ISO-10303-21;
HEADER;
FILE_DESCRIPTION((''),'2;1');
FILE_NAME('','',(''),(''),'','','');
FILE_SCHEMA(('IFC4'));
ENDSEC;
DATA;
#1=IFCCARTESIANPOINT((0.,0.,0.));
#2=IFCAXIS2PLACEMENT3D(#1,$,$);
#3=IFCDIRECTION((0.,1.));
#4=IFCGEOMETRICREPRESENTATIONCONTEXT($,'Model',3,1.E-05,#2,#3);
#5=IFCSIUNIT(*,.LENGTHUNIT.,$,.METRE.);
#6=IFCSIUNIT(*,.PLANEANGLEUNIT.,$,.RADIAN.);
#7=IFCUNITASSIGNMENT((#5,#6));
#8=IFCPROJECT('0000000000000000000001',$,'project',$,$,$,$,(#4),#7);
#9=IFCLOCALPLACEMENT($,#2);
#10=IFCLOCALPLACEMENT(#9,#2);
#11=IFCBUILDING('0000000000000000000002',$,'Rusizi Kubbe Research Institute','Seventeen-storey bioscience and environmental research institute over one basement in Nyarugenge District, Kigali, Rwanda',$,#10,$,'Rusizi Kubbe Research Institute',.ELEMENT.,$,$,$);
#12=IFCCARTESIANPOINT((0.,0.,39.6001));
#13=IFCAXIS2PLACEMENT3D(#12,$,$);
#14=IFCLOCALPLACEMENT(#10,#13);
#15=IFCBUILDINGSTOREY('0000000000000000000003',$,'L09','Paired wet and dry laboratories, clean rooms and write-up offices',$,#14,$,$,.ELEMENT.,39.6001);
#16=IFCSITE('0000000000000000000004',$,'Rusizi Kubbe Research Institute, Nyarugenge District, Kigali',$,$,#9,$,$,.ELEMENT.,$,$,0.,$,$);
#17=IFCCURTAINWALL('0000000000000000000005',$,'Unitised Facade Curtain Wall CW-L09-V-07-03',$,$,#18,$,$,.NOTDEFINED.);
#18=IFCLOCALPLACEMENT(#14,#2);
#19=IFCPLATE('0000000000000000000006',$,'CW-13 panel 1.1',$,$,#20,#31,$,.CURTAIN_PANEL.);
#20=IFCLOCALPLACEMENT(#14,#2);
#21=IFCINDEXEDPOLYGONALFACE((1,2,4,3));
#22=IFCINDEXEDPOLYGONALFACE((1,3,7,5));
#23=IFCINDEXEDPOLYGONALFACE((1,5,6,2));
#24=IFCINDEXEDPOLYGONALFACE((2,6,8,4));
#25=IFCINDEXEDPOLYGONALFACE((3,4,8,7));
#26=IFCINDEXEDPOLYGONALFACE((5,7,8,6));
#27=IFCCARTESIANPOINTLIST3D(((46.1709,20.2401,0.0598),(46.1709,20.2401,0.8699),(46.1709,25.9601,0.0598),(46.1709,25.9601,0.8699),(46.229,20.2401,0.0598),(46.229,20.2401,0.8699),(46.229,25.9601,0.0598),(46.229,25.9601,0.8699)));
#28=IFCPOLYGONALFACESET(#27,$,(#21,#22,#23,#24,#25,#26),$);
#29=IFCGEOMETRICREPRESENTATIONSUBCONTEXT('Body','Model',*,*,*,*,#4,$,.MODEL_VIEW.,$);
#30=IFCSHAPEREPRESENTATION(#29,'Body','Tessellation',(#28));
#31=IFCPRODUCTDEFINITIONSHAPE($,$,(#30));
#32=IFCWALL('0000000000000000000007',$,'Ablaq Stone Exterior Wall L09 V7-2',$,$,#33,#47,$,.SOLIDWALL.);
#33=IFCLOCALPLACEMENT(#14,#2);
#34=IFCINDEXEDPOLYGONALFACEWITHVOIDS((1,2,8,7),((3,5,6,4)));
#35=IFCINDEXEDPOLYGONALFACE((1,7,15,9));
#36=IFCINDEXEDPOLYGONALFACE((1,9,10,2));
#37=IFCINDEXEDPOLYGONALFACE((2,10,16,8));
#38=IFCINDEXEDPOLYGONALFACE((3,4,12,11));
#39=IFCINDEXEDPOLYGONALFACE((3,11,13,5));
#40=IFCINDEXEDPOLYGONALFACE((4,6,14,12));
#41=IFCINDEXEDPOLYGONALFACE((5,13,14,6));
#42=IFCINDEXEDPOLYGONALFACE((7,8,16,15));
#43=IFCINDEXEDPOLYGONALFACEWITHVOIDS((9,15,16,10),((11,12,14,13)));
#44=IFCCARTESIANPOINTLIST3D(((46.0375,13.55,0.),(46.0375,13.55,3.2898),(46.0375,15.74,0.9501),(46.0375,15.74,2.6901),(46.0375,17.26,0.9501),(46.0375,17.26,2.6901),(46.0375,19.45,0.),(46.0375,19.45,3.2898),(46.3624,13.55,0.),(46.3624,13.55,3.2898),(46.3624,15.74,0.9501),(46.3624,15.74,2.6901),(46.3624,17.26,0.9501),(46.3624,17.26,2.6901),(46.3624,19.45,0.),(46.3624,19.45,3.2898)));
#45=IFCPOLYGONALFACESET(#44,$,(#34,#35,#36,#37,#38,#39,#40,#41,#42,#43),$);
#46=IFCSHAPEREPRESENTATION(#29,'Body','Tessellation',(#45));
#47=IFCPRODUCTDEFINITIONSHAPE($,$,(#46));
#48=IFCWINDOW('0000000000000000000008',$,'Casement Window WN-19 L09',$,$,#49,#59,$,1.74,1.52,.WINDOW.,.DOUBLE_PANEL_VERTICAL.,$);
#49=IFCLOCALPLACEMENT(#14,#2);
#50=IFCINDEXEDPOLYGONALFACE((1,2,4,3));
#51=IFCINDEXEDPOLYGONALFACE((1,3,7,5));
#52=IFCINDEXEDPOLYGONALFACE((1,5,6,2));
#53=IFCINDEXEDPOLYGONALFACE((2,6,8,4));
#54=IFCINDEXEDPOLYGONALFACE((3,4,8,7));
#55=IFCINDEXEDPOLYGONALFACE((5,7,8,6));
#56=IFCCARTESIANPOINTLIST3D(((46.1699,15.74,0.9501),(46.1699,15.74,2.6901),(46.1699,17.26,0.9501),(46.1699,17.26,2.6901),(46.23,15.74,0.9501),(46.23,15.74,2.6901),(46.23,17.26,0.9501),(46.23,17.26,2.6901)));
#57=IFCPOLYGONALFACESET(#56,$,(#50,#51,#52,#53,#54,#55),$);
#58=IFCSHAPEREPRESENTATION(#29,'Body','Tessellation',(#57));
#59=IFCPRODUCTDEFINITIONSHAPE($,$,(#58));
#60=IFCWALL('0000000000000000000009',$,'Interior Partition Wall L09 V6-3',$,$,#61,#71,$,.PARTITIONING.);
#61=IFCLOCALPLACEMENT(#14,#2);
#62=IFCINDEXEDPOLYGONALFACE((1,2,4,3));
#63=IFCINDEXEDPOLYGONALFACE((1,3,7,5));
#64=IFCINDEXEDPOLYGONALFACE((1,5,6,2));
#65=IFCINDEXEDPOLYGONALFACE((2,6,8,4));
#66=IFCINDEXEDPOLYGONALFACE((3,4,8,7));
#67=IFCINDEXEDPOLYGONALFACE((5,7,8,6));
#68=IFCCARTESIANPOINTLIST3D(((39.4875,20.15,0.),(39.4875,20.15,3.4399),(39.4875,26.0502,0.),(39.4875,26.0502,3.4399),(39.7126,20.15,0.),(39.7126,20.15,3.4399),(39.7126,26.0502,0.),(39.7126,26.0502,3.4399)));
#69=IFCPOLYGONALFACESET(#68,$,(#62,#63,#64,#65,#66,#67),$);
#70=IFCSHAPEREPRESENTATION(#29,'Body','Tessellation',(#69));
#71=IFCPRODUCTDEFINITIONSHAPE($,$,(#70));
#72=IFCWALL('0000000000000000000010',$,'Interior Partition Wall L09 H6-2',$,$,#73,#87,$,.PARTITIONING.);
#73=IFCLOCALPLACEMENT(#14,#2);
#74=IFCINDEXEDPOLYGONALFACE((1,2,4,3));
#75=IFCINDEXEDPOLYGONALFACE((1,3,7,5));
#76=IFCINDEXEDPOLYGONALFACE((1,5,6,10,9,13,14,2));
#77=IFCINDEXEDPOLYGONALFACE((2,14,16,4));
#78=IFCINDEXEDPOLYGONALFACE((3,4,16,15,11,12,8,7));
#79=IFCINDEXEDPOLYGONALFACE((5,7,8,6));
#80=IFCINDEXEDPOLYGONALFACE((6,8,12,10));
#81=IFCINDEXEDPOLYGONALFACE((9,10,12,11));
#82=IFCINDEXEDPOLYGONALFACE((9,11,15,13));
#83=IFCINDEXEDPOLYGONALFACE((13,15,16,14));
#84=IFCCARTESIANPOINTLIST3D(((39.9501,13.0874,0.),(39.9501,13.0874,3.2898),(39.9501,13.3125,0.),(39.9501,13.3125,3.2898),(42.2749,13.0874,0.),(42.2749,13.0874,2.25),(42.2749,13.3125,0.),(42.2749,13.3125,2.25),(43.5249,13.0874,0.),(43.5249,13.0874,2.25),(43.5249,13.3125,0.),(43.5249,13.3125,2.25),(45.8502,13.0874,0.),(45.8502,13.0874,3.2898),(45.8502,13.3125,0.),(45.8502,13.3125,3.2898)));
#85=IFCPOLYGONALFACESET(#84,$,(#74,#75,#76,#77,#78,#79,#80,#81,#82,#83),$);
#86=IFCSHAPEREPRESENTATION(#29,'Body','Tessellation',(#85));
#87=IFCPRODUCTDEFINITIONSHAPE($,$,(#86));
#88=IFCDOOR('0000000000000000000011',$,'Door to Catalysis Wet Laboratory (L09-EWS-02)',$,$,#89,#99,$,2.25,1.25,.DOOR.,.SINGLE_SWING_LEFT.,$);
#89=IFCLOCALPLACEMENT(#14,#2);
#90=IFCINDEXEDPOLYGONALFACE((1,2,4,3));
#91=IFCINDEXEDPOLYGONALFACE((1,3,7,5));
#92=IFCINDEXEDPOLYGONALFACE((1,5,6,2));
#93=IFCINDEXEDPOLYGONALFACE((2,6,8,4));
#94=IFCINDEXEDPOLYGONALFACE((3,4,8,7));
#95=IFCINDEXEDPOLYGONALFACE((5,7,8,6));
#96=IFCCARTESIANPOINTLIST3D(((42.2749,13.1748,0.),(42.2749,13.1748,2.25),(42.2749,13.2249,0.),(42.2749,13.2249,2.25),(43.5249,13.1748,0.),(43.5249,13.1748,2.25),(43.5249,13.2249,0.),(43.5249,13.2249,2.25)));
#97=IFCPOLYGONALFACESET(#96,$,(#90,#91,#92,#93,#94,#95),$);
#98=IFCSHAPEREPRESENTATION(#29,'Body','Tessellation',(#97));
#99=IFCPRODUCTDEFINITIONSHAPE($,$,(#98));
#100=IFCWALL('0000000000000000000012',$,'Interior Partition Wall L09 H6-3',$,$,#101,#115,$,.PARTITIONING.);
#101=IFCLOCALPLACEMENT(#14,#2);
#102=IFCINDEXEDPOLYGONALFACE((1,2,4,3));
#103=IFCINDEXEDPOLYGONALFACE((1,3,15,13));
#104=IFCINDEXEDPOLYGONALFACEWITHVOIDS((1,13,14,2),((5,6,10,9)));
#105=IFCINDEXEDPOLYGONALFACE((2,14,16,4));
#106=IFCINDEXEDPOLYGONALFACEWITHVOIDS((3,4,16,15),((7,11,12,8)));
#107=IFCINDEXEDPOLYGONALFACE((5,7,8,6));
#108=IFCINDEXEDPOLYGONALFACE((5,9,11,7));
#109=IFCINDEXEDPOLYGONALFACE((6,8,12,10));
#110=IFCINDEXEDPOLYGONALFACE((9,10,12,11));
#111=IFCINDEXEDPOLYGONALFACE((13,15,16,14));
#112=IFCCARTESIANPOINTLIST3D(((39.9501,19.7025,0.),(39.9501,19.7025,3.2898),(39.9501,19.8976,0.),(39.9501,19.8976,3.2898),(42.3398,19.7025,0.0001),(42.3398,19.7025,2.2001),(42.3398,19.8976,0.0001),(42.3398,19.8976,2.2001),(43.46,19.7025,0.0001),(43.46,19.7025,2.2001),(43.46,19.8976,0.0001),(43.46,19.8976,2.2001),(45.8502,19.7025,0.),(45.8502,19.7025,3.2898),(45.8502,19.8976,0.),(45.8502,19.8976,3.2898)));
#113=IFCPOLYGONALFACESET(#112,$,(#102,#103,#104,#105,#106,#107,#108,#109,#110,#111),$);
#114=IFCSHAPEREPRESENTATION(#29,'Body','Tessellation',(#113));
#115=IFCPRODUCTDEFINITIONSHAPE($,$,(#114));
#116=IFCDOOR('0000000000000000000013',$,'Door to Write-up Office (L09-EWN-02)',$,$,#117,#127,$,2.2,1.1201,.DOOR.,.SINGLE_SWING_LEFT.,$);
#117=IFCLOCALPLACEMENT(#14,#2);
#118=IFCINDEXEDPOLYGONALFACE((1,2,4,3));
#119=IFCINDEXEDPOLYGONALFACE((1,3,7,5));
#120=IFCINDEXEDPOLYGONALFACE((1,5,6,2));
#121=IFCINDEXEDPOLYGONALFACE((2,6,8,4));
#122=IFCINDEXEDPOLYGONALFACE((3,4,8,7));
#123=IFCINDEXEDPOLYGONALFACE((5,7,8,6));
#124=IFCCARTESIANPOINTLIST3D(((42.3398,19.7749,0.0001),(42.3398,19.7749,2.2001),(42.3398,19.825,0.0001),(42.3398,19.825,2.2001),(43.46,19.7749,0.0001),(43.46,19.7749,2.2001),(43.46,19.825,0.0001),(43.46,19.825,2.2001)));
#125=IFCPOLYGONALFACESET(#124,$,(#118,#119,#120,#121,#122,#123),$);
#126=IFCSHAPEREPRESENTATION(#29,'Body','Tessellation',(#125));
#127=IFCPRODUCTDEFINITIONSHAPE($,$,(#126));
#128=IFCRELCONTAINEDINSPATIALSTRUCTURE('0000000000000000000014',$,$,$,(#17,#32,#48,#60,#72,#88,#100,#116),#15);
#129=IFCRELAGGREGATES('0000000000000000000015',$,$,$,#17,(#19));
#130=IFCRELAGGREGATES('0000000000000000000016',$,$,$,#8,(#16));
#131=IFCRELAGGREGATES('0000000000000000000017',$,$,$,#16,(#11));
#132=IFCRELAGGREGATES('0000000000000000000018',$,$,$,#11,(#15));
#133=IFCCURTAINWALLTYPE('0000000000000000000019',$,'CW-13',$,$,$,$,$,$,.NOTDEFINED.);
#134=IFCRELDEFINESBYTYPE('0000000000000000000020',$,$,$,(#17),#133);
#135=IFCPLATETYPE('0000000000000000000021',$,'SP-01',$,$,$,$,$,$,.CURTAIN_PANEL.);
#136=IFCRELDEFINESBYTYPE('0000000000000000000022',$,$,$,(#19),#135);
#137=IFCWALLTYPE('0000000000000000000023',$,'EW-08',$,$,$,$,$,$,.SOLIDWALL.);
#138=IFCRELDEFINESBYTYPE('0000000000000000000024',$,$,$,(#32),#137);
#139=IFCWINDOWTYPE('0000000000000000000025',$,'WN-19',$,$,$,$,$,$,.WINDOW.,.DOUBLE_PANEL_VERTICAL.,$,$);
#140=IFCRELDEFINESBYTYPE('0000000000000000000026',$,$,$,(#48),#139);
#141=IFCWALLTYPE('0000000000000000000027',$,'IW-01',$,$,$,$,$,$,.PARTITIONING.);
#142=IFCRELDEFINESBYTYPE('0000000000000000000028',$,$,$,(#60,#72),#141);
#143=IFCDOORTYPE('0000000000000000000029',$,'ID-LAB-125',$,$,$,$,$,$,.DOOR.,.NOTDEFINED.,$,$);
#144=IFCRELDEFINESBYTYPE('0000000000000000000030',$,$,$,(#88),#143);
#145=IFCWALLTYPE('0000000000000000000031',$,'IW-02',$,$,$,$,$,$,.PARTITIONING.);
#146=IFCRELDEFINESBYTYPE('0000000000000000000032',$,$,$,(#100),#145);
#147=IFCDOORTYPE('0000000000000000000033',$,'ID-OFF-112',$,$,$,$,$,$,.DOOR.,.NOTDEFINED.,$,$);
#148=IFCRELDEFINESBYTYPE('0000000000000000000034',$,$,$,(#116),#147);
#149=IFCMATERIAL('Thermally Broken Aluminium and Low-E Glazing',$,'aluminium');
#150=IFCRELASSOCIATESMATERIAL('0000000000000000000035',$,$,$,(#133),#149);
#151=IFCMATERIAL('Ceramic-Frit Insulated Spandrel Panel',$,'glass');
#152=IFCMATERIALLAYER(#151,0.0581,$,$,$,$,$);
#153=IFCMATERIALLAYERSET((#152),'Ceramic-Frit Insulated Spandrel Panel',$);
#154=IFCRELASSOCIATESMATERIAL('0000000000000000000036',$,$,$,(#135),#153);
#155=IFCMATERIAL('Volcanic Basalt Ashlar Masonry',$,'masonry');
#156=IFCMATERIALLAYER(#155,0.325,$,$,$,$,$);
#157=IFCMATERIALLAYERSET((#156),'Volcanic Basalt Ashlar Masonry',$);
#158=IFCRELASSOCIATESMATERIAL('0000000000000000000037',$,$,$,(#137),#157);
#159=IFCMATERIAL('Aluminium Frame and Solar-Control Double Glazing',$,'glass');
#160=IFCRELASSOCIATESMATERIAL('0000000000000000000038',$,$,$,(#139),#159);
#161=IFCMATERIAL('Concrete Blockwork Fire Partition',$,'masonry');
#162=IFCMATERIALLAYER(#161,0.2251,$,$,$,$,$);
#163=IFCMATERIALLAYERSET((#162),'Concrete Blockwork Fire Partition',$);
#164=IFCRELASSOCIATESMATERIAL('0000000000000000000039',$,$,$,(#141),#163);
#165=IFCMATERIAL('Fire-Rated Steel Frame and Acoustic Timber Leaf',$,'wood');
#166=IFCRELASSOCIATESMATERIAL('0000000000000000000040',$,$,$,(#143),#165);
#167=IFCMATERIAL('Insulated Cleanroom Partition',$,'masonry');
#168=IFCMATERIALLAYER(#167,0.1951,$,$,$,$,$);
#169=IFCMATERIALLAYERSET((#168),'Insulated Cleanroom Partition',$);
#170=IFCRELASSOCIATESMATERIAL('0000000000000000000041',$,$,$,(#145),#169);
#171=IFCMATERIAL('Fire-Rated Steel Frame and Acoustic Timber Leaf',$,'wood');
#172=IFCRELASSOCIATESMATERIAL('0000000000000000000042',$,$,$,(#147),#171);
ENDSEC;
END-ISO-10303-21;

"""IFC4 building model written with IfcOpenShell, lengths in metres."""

from ifc_helpers import new_model, si_unit, direction, frame, frame_2d, origin, origin_2d, place, context, subcontext, project, spatial, rectangle, extrude, material, layer, layer_set, type_object, element, fill, aggregate, save


model = new_model("IFC4")

# Units and contexts
model_context = context("Model", 3, precision=1e-05, world=origin(), true_north=direction((0.0, 1.0)))
body_context = subcontext(model_context, "Body", "Model", "MODEL_VIEW")
ifc_project = project(units=[si_unit("LENGTHUNIT", "METRE"), si_unit("PLANEANGLEUNIT", "RADIAN")], contexts=[model_context])

# Site, building, storey
site_placement = place(None, origin())
site = spatial("IfcSite", under=ifc_project, at=site_placement, Name="Rusizi Kubbe Research Institute, Nyarugenge District, Kigali", CompositionType="ELEMENT", RefElevation=0.0)
building_placement = place(site_placement, origin())
building = spatial("IfcBuilding", under=site, at=building_placement, Name="Rusizi Kubbe Research Institute", Description="Seventeen-storey bioscience and environmental research institute over one basement in Nyarugenge District, Kigali, Rwanda", LongName="Rusizi Kubbe Research Institute", CompositionType="ELEMENT")
storey_placement = place(building_placement, frame((0.0, 0.0, 39.6001)))
storey = spatial("IfcBuildingStorey", under=building, at=storey_placement, Name="L09", Description="Paired wet and dry laboratories, clean rooms and write-up offices", CompositionType="ELEMENT", Elevation=39.6001)

# Curtain wall
ifc_material_1 = material(Name="Thermally Broken Aluminium and Low-E Glazing", Category="aluminium")
curtain_wall_type_1 = type_object("IfcCurtainWallType", Name="CW-13", PredefinedType="NOTDEFINED", material=ifc_material_1)
curtain_wall_1_placement = place(storey_placement, origin())
curtain_wall_1 = element("IfcCurtainWall", 1, at=curtain_wall_1_placement, inside=storey, type_object=curtain_wall_type_1, Name="Unitised Facade Curtain Wall CW-L09-V-07-03", PredefinedType="NOTDEFINED")

# Plate
ifc_material_2 = material(Name="Ceramic-Frit Insulated Spandrel Panel", Category="glass")
ifc_layer_1 = layer(ifc_material_2, 0.0581)
ifc_layer_set_1 = layer_set([ifc_layer_1], Name="Ceramic-Frit Insulated Spandrel Panel")
plate_type_1 = type_object("IfcPlateType", Name="SP-01", PredefinedType="CURTAIN_PANEL", material=ifc_layer_set_1)
plate_1_placement = place(storey_placement, frame((46.2, 23.1001, 0.0598), z_axis=(0.0, 0.0, 1.0), x_axis=(0.0, 1.0, 0.0)))
plate_1 = element("IfcPlate", 2, at=plate_1_placement, type_object=plate_type_1, Name="CW-13 panel 1.1", PredefinedType="CURTAIN_PANEL", context=body_context, shape_type="SweptSolid", body=[
    extrude(rectangle(XDim=5.72, YDim=0.0581, at=origin_2d()), origin(), (0.0, 0.0, 1.0), 0.8101),
])
aggregate(curtain_wall_1, [plate_1])

# Wall, opening, window
ifc_material_3 = material(Name="Volcanic Basalt Ashlar Masonry", Category="masonry")
ifc_layer_2 = layer(ifc_material_3, 0.325)
ifc_layer_set_2 = layer_set([ifc_layer_2], Name="Volcanic Basalt Ashlar Masonry")
wall_type_1 = type_object("IfcWallType", Name="EW-08", PredefinedType="SOLIDWALL", material=ifc_layer_set_2)
wall_1_placement = place(storey_placement, frame((46.2, 13.55, 0.0), z_axis=(0.0, 0.0, 1.0), x_axis=(0.0, 1.0, 0.0)))
wall_1 = element("IfcWall", 3, at=wall_1_placement, inside=storey, type_object=wall_type_1, Name="Ablaq Stone Exterior Wall L09 V7-2", PredefinedType="SOLIDWALL", context=body_context, shape_type="SweptSolid", body=[
    extrude(rectangle(XDim=5.8999, YDim=0.325, at=frame_2d((2.95, 0.0))), origin(), (0.0, 0.0, 1.0), 3.2898),
])
opening_1_placement = place(wall_1_placement, frame((2.1899, 0.0, 0.95)))
opening_1 = element("IfcOpeningElement", 4, at=opening_1_placement, cuts=wall_1, PredefinedType="OPENING", context=body_context, shape_type="SweptSolid", body=[
    extrude(rectangle(XDim=1.52, YDim=1.74, at=frame_2d((0.76, 0.8701))), frame((0.0, 0.1724, 0.0), z_axis=(0.0, -1.0, 0.0), x_axis=(1.0, 0.0, 0.0)), (0.0, 0.0, 1.0), 0.345),
])
ifc_material_4 = material(Name="Aluminium Frame and Solar-Control Double Glazing", Category="glass")
window_type = type_object("IfcWindowType", Name="WN-19", PartitioningType="DOUBLE_PANEL_VERTICAL", PredefinedType="WINDOW", material=ifc_material_4)
window_placement = place(opening_1_placement, origin())
window = element("IfcWindow", 5, at=window_placement, inside=storey, type_object=window_type, Name="Casement Window WN-19 L09", OverallHeight=1.74, OverallWidth=1.52, PartitioningType="DOUBLE_PANEL_VERTICAL", PredefinedType="WINDOW", context=body_context, shape_type="SweptSolid", body=[
    extrude(rectangle(XDim=1.52, YDim=1.74, at=frame_2d((0.76, 0.8701))), frame((0.0, 0.03, 0.0), z_axis=(0.0, -1.0, 0.0), x_axis=(1.0, 0.0, 0.0)), (0.0, 0.0, 1.0), 0.0601),
])
fill(opening_1, window)

# Wall
ifc_material_5 = material(Name="Concrete Blockwork Fire Partition", Category="masonry")
ifc_layer_3 = layer(ifc_material_5, 0.2251)
ifc_layer_set_3 = layer_set([ifc_layer_3], Name="Concrete Blockwork Fire Partition")
wall_type_2 = type_object("IfcWallType", Name="IW-01", PredefinedType="PARTITIONING", material=ifc_layer_set_3)
wall_2_placement = place(storey_placement, frame((39.6001, 20.1499, 0.0), z_axis=(0.0, 0.0, 1.0), x_axis=(0.0, 1.0, 0.0)))
element("IfcWall", 6, at=wall_2_placement, inside=storey, type_object=wall_type_2, Name="Interior Partition Wall L09 V6-3", PredefinedType="PARTITIONING", context=body_context, shape_type="SweptSolid", body=[
    extrude(rectangle(XDim=5.9001, YDim=0.2251, at=frame_2d((2.9502, 0.0))), origin(), (0.0, 0.0, 1.0), 3.4399),
])

# Walls, openings, doors
wall_3_placement = place(storey_placement, frame((39.95, 13.2, 0.0), z_axis=(0.0, 0.0, 1.0), x_axis=(1.0, 0.0, 0.0)))
wall_3 = element("IfcWall", 7, at=wall_3_placement, inside=storey, type_object=wall_type_2, Name="Interior Partition Wall L09 H6-2", PredefinedType="PARTITIONING", context=body_context, shape_type="SweptSolid", body=[
    extrude(rectangle(XDim=5.9001, YDim=0.2251, at=frame_2d((2.9502, 0.0))), origin(), (0.0, 0.0, 1.0), 3.2898),
])
opening_2_placement = place(wall_3_placement, frame((2.325, 0.0, 0.0)))
opening_2 = element("IfcOpeningElement", 8, at=opening_2_placement, cuts=wall_3, PredefinedType="OPENING", context=body_context, shape_type="SweptSolid", body=[
    extrude(rectangle(XDim=1.25, YDim=2.25, at=frame_2d((0.625, 1.125))), frame((0.0, 0.1226, 0.0), z_axis=(0.0, -1.0, 0.0), x_axis=(1.0, 0.0, 0.0)), (0.0, 0.0, 1.0), 0.2451),
])
ifc_material_6 = material(Name="Fire-Rated Steel Frame and Acoustic Timber Leaf", Category="wood")
door_type_1 = type_object("IfcDoorType", Name="ID-LAB-125", OperationType="NOTDEFINED", PredefinedType="DOOR", material=ifc_material_6)
door_1_placement = place(opening_2_placement, origin())
door_1 = element("IfcDoor", 9, at=door_1_placement, inside=storey, type_object=door_type_1, Name="Door to Catalysis Wet Laboratory (L09-EWS-02)", OperationType="SINGLE_SWING_LEFT", OverallHeight=2.25, OverallWidth=1.25, PredefinedType="DOOR", context=body_context, shape_type="SweptSolid", body=[
    extrude(rectangle(XDim=1.25, YDim=2.25, at=frame_2d((0.625, 1.125))), frame((0.0, 0.0249, 0.0), z_axis=(0.0, -1.0, 0.0), x_axis=(1.0, 0.0, 0.0)), (0.0, 0.0, 1.0), 0.05),
])
fill(opening_2, door_1)
ifc_material_7 = material(Name="Insulated Cleanroom Partition", Category="masonry")
ifc_layer_4 = layer(ifc_material_7, 0.1951)
ifc_layer_set_4 = layer_set([ifc_layer_4], Name="Insulated Cleanroom Partition")
wall_type_3 = type_object("IfcWallType", Name="IW-02", PredefinedType="PARTITIONING", material=ifc_layer_set_4)
wall_4_placement = place(storey_placement, frame((39.95, 19.8, 0.0), z_axis=(0.0, 0.0, 1.0), x_axis=(1.0, 0.0, 0.0)))
wall_4 = element("IfcWall", 10, at=wall_4_placement, inside=storey, type_object=wall_type_3, Name="Interior Partition Wall L09 H6-3", PredefinedType="PARTITIONING", context=body_context, shape_type="SweptSolid", body=[
    extrude(rectangle(XDim=5.9001, YDim=0.1951, at=frame_2d((2.9502, 0.0))), origin(), (0.0, 0.0, 1.0), 3.2898),
])
opening_3_placement = place(wall_4_placement, frame((2.3899, 0.0, 0.0)))
opening_3 = element("IfcOpeningElement", 11, at=opening_3_placement, cuts=wall_4, PredefinedType="OPENING", context=body_context, shape_type="SweptSolid", body=[
    extrude(rectangle(XDim=1.1201, YDim=2.2, at=frame_2d((0.5601, 1.1001))), frame((0.0, 0.1074, 0.0), z_axis=(0.0, -1.0, 0.0), x_axis=(1.0, 0.0, 0.0)), (0.0, 0.0, 1.0), 0.2151),
])
ifc_material_8 = material(Name="Fire-Rated Steel Frame and Acoustic Timber Leaf", Category="wood")
door_type_2 = type_object("IfcDoorType", Name="ID-OFF-112", OperationType="NOTDEFINED", PredefinedType="DOOR", material=ifc_material_8)
door_2_placement = place(opening_3_placement, origin())
door_2 = element("IfcDoor", 12, at=door_2_placement, inside=storey, type_object=door_type_2, Name="Door to Write-up Office (L09-EWN-02)", OperationType="SINGLE_SWING_LEFT", OverallHeight=2.2, OverallWidth=1.1201, PredefinedType="DOOR", context=body_context, shape_type="SweptSolid", body=[
    extrude(rectangle(XDim=1.1201, YDim=2.2, at=frame_2d((0.5601, 1.1001))), frame((0.0, 0.0249, 0.0), z_axis=(0.0, -1.0, 0.0), x_axis=(1.0, 0.0, 0.0)), (0.0, 0.0, 1.0), 0.05),
])
fill(opening_3, door_2)

save(model, "model.ifc")
